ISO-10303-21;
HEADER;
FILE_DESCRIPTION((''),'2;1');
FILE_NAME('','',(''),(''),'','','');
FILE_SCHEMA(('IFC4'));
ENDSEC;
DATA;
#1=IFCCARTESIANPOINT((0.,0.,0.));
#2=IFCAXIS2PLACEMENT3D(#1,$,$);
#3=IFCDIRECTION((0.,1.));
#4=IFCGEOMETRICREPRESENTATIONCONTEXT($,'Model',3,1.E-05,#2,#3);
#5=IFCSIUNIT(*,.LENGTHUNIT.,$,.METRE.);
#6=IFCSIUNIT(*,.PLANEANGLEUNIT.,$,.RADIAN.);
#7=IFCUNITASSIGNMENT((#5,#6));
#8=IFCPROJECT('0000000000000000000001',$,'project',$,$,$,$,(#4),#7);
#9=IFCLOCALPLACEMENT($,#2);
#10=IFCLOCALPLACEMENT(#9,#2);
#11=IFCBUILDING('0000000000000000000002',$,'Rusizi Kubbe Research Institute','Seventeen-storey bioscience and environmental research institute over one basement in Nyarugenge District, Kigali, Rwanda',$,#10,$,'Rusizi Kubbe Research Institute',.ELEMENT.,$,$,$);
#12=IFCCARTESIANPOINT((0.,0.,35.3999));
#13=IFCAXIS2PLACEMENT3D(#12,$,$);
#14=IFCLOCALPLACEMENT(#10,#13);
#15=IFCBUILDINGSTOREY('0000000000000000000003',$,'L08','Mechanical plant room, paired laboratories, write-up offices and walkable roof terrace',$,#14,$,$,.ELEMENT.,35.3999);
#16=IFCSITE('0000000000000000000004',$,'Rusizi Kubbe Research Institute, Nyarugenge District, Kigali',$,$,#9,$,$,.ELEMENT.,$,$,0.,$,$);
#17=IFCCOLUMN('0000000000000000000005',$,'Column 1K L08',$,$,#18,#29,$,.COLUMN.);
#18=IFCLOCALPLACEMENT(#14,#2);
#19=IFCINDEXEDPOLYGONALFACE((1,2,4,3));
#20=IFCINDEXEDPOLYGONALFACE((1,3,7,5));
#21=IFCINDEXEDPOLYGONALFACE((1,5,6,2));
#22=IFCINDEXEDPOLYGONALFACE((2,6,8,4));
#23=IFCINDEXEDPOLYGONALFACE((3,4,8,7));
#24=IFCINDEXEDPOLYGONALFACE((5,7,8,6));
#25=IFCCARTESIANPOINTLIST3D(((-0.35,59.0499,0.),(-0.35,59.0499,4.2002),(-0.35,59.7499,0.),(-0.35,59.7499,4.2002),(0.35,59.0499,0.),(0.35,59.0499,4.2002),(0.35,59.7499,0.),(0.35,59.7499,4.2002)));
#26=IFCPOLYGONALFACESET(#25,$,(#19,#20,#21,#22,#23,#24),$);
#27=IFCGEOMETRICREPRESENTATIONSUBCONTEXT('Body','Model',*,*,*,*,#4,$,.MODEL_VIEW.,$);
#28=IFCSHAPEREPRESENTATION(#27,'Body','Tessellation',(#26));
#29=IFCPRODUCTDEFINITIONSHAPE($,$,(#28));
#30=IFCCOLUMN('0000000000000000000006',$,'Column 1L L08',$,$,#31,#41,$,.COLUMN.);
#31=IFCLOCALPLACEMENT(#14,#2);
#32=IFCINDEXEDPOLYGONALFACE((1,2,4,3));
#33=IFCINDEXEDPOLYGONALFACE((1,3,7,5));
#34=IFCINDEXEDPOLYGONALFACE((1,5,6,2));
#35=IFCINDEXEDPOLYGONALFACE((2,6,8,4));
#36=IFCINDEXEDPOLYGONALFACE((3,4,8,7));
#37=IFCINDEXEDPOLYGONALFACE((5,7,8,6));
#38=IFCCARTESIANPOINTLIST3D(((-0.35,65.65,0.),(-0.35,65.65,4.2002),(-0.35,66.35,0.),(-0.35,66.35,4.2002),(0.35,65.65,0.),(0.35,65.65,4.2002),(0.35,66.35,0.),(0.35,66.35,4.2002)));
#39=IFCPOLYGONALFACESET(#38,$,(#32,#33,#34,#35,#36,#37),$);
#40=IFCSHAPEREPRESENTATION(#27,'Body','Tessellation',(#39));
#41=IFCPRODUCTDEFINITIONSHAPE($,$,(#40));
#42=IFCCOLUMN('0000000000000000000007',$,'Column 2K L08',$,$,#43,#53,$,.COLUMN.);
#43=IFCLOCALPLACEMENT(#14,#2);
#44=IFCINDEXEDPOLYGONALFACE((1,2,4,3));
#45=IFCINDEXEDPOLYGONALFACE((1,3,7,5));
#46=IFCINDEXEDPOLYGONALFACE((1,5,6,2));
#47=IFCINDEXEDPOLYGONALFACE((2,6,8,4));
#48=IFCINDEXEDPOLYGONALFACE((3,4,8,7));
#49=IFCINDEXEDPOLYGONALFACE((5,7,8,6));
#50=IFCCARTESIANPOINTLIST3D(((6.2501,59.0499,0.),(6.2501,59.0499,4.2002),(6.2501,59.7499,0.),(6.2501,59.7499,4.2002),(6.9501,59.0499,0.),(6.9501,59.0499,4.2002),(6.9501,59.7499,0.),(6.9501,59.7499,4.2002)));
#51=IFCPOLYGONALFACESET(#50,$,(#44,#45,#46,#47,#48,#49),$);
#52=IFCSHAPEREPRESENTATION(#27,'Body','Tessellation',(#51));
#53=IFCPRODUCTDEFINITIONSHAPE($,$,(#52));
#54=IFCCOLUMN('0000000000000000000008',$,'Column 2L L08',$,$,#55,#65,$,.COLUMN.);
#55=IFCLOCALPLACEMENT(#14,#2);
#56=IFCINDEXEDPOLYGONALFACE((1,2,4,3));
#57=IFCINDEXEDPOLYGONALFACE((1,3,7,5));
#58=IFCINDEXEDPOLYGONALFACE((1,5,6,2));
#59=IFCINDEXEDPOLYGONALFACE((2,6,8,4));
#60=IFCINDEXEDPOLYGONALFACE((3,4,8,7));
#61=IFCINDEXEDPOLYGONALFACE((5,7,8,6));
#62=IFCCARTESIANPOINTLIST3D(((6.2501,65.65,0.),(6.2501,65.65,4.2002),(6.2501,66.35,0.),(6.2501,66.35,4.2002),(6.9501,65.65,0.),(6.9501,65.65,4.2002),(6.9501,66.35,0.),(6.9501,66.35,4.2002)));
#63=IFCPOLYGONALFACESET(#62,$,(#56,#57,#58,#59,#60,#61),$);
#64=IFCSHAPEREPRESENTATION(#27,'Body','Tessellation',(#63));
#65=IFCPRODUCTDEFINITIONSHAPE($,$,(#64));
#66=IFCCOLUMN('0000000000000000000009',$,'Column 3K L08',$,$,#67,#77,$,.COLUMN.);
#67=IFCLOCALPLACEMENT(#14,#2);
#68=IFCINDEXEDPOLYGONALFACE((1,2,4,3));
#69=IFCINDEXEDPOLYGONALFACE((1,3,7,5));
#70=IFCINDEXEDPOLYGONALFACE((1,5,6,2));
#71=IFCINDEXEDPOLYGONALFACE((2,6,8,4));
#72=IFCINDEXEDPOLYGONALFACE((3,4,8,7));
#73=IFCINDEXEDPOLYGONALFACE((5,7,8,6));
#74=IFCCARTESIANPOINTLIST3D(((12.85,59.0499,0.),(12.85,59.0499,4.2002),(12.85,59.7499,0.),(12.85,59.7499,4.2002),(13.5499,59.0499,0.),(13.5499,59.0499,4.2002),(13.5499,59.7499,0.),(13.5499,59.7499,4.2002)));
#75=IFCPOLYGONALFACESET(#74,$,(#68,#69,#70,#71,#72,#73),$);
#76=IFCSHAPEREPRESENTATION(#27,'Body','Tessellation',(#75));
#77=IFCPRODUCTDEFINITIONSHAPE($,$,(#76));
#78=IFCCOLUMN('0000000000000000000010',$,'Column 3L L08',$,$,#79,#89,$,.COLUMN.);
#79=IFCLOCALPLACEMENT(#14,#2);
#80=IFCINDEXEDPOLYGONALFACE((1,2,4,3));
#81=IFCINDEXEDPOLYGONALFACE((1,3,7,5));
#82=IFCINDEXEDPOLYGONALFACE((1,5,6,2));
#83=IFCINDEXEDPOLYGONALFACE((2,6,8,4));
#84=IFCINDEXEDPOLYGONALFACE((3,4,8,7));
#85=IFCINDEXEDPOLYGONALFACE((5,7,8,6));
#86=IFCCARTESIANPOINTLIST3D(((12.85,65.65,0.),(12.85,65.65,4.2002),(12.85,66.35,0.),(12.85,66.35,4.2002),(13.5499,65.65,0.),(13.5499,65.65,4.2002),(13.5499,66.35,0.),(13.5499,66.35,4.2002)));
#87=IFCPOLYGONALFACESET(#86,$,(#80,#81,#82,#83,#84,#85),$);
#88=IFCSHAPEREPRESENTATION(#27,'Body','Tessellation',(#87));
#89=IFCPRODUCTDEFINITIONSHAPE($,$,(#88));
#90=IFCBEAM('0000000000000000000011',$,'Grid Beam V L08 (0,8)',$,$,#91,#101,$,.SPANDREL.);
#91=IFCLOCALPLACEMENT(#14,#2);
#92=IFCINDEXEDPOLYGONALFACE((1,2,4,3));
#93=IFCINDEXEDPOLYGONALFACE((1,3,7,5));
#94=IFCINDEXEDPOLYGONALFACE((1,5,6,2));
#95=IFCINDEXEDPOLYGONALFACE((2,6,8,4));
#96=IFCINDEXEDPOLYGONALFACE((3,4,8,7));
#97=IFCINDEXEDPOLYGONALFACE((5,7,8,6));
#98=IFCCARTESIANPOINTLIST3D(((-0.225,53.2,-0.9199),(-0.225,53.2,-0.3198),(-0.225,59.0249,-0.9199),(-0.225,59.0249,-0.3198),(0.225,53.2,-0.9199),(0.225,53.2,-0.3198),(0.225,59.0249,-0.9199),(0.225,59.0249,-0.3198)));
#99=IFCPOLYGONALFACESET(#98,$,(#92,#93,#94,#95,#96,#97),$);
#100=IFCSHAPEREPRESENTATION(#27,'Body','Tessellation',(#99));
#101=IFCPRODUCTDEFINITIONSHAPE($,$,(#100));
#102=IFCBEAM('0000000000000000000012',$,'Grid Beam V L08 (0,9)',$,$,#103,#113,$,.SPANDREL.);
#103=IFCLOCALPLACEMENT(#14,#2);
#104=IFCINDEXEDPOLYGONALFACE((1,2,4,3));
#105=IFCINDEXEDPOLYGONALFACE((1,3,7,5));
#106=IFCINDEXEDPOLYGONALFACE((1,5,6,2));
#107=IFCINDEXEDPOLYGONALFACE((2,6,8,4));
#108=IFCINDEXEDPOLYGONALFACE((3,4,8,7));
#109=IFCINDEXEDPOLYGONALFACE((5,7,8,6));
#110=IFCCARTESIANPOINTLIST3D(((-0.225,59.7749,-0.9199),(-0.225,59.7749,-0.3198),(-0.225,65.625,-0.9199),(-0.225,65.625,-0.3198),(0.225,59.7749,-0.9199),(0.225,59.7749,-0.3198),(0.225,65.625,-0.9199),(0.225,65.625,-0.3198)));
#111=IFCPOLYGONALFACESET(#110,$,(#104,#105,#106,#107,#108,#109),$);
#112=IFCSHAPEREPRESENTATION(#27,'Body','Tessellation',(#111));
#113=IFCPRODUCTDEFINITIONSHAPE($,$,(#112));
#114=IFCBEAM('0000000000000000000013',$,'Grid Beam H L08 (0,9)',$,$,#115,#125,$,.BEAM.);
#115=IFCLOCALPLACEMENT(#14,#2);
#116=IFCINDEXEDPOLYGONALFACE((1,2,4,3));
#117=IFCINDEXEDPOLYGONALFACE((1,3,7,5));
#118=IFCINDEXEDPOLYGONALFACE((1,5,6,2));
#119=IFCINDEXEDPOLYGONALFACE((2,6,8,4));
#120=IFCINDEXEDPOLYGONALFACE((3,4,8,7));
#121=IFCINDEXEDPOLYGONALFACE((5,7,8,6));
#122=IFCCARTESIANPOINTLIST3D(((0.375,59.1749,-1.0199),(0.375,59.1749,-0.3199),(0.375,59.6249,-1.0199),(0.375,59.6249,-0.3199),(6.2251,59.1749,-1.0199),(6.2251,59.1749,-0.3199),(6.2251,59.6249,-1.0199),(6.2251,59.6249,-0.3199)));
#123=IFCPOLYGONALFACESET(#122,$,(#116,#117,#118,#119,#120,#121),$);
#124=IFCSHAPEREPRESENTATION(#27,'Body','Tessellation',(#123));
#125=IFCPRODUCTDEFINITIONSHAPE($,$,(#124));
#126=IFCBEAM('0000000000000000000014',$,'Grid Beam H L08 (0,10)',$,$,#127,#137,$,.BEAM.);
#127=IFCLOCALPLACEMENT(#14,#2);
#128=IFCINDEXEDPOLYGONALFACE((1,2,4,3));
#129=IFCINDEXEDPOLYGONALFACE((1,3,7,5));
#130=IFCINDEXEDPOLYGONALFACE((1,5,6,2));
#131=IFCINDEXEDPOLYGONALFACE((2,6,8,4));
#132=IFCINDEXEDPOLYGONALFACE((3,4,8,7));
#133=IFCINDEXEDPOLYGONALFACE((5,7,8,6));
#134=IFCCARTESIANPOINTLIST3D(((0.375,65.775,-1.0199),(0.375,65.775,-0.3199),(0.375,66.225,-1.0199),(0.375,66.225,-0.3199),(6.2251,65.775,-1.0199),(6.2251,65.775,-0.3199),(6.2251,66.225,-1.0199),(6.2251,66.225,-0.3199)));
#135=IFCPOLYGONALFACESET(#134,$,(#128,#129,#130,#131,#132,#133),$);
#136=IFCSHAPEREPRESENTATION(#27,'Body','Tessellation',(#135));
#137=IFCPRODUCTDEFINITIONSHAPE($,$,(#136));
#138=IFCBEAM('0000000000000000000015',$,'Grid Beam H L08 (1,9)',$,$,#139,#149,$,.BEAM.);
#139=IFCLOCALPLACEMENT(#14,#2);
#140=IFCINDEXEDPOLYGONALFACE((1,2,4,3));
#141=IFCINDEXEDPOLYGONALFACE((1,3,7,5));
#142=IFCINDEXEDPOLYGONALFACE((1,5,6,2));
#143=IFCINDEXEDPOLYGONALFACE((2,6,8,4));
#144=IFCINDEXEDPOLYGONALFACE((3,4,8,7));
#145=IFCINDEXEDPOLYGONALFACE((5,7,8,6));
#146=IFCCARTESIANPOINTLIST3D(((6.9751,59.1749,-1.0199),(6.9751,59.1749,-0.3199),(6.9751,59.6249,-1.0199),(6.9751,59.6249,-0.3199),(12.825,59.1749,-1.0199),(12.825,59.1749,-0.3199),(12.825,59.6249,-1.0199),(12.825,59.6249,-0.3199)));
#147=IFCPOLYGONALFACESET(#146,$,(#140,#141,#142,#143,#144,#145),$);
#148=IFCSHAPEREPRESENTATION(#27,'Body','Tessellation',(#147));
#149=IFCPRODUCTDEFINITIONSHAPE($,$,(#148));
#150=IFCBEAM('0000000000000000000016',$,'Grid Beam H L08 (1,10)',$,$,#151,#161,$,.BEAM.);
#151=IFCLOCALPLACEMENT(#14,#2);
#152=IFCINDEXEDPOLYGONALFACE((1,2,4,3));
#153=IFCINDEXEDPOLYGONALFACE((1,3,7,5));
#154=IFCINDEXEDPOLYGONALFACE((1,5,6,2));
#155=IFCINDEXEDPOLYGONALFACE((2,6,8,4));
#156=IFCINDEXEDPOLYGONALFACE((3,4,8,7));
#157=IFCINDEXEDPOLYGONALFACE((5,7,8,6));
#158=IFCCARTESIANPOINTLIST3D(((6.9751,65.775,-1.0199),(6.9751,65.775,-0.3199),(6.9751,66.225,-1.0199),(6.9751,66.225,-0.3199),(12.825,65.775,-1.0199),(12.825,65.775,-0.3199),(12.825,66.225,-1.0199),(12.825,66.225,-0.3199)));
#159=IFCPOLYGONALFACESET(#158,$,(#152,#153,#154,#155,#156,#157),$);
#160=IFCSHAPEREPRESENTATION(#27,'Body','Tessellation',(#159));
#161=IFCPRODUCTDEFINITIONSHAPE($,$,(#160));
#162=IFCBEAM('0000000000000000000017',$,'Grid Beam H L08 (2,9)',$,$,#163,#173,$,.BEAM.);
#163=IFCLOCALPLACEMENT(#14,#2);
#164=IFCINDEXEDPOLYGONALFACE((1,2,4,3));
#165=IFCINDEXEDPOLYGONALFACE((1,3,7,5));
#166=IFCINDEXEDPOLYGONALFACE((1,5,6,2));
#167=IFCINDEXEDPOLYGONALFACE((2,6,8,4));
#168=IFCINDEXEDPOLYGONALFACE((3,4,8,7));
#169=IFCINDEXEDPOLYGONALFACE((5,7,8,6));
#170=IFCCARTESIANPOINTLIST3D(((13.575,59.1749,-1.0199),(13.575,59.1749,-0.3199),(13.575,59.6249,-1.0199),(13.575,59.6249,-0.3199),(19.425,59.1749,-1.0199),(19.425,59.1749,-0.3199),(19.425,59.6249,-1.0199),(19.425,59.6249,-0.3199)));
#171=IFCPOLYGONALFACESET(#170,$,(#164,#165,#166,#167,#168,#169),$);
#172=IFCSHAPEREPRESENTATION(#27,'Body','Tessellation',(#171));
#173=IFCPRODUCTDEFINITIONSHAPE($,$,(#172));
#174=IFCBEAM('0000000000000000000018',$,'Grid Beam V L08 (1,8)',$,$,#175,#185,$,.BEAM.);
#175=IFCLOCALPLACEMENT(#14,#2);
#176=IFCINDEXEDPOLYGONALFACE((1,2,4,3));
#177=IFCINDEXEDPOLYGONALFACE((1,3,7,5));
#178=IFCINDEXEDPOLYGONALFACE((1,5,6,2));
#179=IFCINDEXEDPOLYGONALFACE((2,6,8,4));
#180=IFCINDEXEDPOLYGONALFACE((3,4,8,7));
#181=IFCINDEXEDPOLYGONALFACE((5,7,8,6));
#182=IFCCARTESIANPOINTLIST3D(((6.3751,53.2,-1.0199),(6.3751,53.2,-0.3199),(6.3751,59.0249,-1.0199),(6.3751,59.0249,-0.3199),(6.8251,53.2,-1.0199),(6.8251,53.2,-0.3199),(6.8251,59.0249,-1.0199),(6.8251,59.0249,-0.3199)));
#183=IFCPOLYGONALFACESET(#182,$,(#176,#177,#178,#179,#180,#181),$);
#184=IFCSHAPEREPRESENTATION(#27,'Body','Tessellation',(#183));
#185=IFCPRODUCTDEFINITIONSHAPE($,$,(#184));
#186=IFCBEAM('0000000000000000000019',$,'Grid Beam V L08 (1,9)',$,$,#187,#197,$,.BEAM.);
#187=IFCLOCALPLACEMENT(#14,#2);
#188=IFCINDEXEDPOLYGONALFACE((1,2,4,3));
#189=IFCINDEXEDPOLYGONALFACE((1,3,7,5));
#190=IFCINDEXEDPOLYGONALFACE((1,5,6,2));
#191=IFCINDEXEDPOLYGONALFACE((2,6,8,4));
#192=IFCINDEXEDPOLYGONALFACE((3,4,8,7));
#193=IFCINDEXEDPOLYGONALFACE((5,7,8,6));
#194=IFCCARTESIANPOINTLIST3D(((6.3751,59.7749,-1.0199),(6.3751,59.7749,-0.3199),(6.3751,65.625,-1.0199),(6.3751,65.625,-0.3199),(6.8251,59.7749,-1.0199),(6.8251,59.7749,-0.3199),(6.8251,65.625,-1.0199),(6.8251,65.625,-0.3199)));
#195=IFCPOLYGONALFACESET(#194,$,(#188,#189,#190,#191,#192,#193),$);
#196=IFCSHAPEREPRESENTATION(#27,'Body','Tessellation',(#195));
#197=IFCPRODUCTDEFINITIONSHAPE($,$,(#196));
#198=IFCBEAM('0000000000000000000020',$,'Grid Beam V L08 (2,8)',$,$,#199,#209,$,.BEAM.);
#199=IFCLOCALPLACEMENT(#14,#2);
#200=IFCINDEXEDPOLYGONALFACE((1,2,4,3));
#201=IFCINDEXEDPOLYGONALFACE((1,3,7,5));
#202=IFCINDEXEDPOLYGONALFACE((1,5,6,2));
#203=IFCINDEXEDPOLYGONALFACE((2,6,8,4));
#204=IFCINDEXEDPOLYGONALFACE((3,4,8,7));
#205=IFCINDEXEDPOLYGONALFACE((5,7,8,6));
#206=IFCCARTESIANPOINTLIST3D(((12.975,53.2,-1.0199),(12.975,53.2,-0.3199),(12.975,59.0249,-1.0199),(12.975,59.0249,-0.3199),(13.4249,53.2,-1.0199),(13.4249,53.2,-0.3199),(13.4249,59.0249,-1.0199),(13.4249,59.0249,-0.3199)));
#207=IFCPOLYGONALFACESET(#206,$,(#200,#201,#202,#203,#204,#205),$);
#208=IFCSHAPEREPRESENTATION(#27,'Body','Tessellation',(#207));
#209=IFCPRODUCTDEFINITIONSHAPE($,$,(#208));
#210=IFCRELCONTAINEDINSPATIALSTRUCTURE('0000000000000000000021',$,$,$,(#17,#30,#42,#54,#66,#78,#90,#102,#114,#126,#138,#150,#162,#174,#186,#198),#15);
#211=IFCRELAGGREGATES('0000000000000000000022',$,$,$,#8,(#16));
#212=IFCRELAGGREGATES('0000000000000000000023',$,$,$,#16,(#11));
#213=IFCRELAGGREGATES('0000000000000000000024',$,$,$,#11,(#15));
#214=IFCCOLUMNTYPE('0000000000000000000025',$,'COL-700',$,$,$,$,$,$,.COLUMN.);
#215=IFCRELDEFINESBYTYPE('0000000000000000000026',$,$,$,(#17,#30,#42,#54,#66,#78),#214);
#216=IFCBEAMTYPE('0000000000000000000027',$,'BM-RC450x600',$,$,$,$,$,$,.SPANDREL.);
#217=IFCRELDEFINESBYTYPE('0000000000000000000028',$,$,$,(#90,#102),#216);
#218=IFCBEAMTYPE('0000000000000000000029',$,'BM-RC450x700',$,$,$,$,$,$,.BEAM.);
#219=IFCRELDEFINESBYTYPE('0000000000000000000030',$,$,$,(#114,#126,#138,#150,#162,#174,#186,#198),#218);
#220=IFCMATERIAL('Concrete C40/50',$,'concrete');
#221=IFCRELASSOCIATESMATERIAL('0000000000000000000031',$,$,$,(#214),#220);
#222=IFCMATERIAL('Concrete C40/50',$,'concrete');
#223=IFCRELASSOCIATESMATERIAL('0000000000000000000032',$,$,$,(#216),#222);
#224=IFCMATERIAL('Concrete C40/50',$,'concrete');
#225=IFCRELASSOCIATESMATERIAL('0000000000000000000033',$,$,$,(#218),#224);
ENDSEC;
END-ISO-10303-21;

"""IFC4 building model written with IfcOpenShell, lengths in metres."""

from ifc_helpers import new_model, si_unit, direction, frame, origin, origin_2d, place, context, subcontext, project, spatial, rectangle, extrude, material, material_profile, profile_set, type_object, element, save


model = new_model("IFC4")

# Units and contexts
model_context = context("Model", 3, precision=1e-05, world=origin(), true_north=direction((0.0, 1.0)))
body_context = subcontext(model_context, "Body", "Model", "MODEL_VIEW")
ifc_project = project(units=[si_unit("LENGTHUNIT", "METRE"), si_unit("PLANEANGLEUNIT", "RADIAN")], contexts=[model_context])

# Site, building, storey
site_placement = place(None, origin())
site = spatial("IfcSite", under=ifc_project, at=site_placement, Name="Rusizi Kubbe Research Institute, Nyarugenge District, Kigali", CompositionType="ELEMENT", RefElevation=0.0)
building_placement = place(site_placement, origin())
building = spatial("IfcBuilding", under=site, at=building_placement, Name="Rusizi Kubbe Research Institute", Description="Seventeen-storey bioscience and environmental research institute over one basement in Nyarugenge District, Kigali, Rwanda", LongName="Rusizi Kubbe Research Institute", CompositionType="ELEMENT")
storey_placement = place(building_placement, frame((0.0, 0.0, 35.3999)))
storey = spatial("IfcBuildingStorey", under=building, at=storey_placement, Name="L08", Description="Mechanical plant room, paired laboratories, write-up offices and walkable roof terrace", CompositionType="ELEMENT", Elevation=35.3999)

# Columns
ifc_material_1 = material(Name="Concrete C40/50", Category="concrete")
ifc_material_profile_1 = material_profile(ifc_material_1, rectangle(XDim=0.7, YDim=0.7, at=origin_2d()), Name="RC700x700")
ifc_profile_set_1 = profile_set([ifc_material_profile_1], Name="Concrete C40/50")
column_type = type_object("IfcColumnType", Name="COL-700", PredefinedType="COLUMN", material=ifc_profile_set_1)
for number, where, z_axis, x_axis, name in (
    (1, (0.0, 59.3999, 0.0), (0.0, 0.0, 1.0), (1.0, 0.0, 0.0), "Column 1K L08"),
    (2, (0.0, 66.0, 0.0), (0.0, 0.0, 1.0), (1.0, 0.0, 0.0), "Column 1L L08"),
    (3, (6.6001, 59.3999, 0.0), (0.0, 0.0, 1.0), (1.0, 0.0, 0.0), "Column 2K L08"),
    (4, (6.6001, 66.0, 0.0), (0.0, 0.0, 1.0), (1.0, 0.0, 0.0), "Column 2L L08"),
    (5, (13.2, 59.3999, 0.0), (0.0, 0.0, 1.0), (1.0, 0.0, 0.0), "Column 3K L08"),
    (6, (13.2, 66.0, 0.0), (0.0, 0.0, 1.0), (1.0, 0.0, 0.0), "Column 3L L08"),
):
    element("IfcColumn", number, at=place(storey_placement, frame(where, z_axis=z_axis, x_axis=x_axis)), inside=storey, type_object=column_type, Name=name, PredefinedType="COLUMN", context=body_context, shape_type="SweptSolid", body=[
        extrude(rectangle(XDim=0.7, YDim=0.7, at=origin_2d()), origin(), (0.0, 0.0, 1.0), 4.2002),
    ])

# Beams
ifc_material_2 = material(Name="Concrete C40/50", Category="concrete")
ifc_material_profile_2 = material_profile(ifc_material_2, rectangle(XDim=0.45, YDim=0.6001, at=origin_2d()), Name="RC450x600")
ifc_profile_set_2 = profile_set([ifc_material_profile_2], Name="Concrete C40/50")
beam_type_1 = type_object("IfcBeamType", Name="BM-RC450x600", PredefinedType="SPANDREL", material=ifc_profile_set_2)
beam_1_placement = place(storey_placement, frame((0.0, 53.2, -0.6199), z_axis=(0.0, 1.0, 0.0), x_axis=(-1.0, 0.0, 0.0)))
element("IfcBeam", 7, at=beam_1_placement, inside=storey, type_object=beam_type_1, Name="Grid Beam V L08 (0,8)", PredefinedType="SPANDREL", context=body_context, shape_type="SweptSolid", body=[
    extrude(rectangle(XDim=0.45, YDim=0.6001, at=origin_2d()), origin(), (0.0, 0.0, 1.0), 5.825),
])
beam_2_placement = place(storey_placement, frame((0.0, 59.7749, -0.6199), z_axis=(0.0, 1.0, 0.0), x_axis=(-1.0, 0.0, 0.0)))
element("IfcBeam", 8, at=beam_2_placement, inside=storey, type_object=beam_type_1, Name="Grid Beam V L08 (0,9)", PredefinedType="SPANDREL", context=body_context, shape_type="SweptSolid", body=[
    extrude(rectangle(XDim=0.45, YDim=0.6001, at=origin_2d()), origin(), (0.0, 0.0, 1.0), 5.8501),
])
ifc_material_3 = material(Name="Concrete C40/50", Category="concrete")
ifc_material_profile_3 = material_profile(ifc_material_3, rectangle(XDim=0.45, YDim=0.7, at=origin_2d()), Name="RC450x700B")
ifc_profile_set_3 = profile_set([ifc_material_profile_3], Name="Concrete C40/50")
beam_type_2 = type_object("IfcBeamType", Name="BM-RC450x700", PredefinedType="BEAM", material=ifc_profile_set_3)
for number, where, z_axis, x_axis, name in (
    (9, (0.375, 59.3999, -0.6699), (1.0, 0.0, 0.0), (0.0, 1.0, 0.0), "Grid Beam H L08 (0,9)"),
    (10, (0.375, 66.0, -0.6699), (1.0, 0.0, 0.0), (0.0, 1.0, 0.0), "Grid Beam H L08 (0,10)"),
):
    element("IfcBeam", number, at=place(storey_placement, frame(where, z_axis=z_axis, x_axis=x_axis)), inside=storey, type_object=beam_type_2, Name=name, PredefinedType="BEAM", context=body_context, shape_type="SweptSolid", body=[
        extrude(rectangle(XDim=0.45, YDim=0.7, at=origin_2d()), origin(), (0.0, 0.0, 1.0), 5.8501),
    ])
for number, where, z_axis, x_axis, name in (
    (11, (6.9751, 59.3999, -0.6699), (1.0, 0.0, 0.0), (0.0, 1.0, 0.0), "Grid Beam H L08 (1,9)"),
    (12, (6.9751, 66.0, -0.6699), (1.0, 0.0, 0.0), (0.0, 1.0, 0.0), "Grid Beam H L08 (1,10)"),
):
    element("IfcBeam", number, at=place(storey_placement, frame(where, z_axis=z_axis, x_axis=x_axis)), inside=storey, type_object=beam_type_2, Name=name, PredefinedType="BEAM", context=body_context, shape_type="SweptSolid", body=[
        extrude(rectangle(XDim=0.45, YDim=0.7, at=origin_2d()), origin(), (0.0, 0.0, 1.0), 5.8499),
    ])
beam_3_placement = place(storey_placement, frame((13.575, 59.3999, -0.6699), z_axis=(1.0, 0.0, 0.0), x_axis=(0.0, 1.0, 0.0)))
element("IfcBeam", 13, at=beam_3_placement, inside=storey, type_object=beam_type_2, Name="Grid Beam H L08 (2,9)", PredefinedType="BEAM", context=body_context, shape_type="SweptSolid", body=[
    extrude(rectangle(XDim=0.45, YDim=0.7, at=origin_2d()), origin(), (0.0, 0.0, 1.0), 5.8501),
])
beam_4_placement = place(storey_placement, frame((6.6001, 53.2, -0.6699), z_axis=(0.0, 1.0, 0.0), x_axis=(-1.0, 0.0, 0.0)))
element("IfcBeam", 14, at=beam_4_placement, inside=storey, type_object=beam_type_2, Name="Grid Beam V L08 (1,8)", PredefinedType="BEAM", context=body_context, shape_type="SweptSolid", body=[
    extrude(rectangle(XDim=0.45, YDim=0.7, at=origin_2d()), origin(), (0.0, 0.0, 1.0), 5.825),
])
beam_5_placement = place(storey_placement, frame((6.6001, 59.7749, -0.6699), z_axis=(0.0, 1.0, 0.0), x_axis=(-1.0, 0.0, 0.0)))
element("IfcBeam", 15, at=beam_5_placement, inside=storey, type_object=beam_type_2, Name="Grid Beam V L08 (1,9)", PredefinedType="BEAM", context=body_context, shape_type="SweptSolid", body=[
    extrude(rectangle(XDim=0.45, YDim=0.7, at=origin_2d()), origin(), (0.0, 0.0, 1.0), 5.8501),
])
beam_6_placement = place(storey_placement, frame((13.2, 53.2, -0.6699), z_axis=(0.0, 1.0, 0.0), x_axis=(-1.0, 0.0, 0.0)))
element("IfcBeam", 16, at=beam_6_placement, inside=storey, type_object=beam_type_2, Name="Grid Beam V L08 (2,8)", PredefinedType="BEAM", context=body_context, shape_type="SweptSolid", body=[
    extrude(rectangle(XDim=0.45, YDim=0.7, at=origin_2d()), origin(), (0.0, 0.0, 1.0), 5.825),
])

save(model, "model.ifc")
